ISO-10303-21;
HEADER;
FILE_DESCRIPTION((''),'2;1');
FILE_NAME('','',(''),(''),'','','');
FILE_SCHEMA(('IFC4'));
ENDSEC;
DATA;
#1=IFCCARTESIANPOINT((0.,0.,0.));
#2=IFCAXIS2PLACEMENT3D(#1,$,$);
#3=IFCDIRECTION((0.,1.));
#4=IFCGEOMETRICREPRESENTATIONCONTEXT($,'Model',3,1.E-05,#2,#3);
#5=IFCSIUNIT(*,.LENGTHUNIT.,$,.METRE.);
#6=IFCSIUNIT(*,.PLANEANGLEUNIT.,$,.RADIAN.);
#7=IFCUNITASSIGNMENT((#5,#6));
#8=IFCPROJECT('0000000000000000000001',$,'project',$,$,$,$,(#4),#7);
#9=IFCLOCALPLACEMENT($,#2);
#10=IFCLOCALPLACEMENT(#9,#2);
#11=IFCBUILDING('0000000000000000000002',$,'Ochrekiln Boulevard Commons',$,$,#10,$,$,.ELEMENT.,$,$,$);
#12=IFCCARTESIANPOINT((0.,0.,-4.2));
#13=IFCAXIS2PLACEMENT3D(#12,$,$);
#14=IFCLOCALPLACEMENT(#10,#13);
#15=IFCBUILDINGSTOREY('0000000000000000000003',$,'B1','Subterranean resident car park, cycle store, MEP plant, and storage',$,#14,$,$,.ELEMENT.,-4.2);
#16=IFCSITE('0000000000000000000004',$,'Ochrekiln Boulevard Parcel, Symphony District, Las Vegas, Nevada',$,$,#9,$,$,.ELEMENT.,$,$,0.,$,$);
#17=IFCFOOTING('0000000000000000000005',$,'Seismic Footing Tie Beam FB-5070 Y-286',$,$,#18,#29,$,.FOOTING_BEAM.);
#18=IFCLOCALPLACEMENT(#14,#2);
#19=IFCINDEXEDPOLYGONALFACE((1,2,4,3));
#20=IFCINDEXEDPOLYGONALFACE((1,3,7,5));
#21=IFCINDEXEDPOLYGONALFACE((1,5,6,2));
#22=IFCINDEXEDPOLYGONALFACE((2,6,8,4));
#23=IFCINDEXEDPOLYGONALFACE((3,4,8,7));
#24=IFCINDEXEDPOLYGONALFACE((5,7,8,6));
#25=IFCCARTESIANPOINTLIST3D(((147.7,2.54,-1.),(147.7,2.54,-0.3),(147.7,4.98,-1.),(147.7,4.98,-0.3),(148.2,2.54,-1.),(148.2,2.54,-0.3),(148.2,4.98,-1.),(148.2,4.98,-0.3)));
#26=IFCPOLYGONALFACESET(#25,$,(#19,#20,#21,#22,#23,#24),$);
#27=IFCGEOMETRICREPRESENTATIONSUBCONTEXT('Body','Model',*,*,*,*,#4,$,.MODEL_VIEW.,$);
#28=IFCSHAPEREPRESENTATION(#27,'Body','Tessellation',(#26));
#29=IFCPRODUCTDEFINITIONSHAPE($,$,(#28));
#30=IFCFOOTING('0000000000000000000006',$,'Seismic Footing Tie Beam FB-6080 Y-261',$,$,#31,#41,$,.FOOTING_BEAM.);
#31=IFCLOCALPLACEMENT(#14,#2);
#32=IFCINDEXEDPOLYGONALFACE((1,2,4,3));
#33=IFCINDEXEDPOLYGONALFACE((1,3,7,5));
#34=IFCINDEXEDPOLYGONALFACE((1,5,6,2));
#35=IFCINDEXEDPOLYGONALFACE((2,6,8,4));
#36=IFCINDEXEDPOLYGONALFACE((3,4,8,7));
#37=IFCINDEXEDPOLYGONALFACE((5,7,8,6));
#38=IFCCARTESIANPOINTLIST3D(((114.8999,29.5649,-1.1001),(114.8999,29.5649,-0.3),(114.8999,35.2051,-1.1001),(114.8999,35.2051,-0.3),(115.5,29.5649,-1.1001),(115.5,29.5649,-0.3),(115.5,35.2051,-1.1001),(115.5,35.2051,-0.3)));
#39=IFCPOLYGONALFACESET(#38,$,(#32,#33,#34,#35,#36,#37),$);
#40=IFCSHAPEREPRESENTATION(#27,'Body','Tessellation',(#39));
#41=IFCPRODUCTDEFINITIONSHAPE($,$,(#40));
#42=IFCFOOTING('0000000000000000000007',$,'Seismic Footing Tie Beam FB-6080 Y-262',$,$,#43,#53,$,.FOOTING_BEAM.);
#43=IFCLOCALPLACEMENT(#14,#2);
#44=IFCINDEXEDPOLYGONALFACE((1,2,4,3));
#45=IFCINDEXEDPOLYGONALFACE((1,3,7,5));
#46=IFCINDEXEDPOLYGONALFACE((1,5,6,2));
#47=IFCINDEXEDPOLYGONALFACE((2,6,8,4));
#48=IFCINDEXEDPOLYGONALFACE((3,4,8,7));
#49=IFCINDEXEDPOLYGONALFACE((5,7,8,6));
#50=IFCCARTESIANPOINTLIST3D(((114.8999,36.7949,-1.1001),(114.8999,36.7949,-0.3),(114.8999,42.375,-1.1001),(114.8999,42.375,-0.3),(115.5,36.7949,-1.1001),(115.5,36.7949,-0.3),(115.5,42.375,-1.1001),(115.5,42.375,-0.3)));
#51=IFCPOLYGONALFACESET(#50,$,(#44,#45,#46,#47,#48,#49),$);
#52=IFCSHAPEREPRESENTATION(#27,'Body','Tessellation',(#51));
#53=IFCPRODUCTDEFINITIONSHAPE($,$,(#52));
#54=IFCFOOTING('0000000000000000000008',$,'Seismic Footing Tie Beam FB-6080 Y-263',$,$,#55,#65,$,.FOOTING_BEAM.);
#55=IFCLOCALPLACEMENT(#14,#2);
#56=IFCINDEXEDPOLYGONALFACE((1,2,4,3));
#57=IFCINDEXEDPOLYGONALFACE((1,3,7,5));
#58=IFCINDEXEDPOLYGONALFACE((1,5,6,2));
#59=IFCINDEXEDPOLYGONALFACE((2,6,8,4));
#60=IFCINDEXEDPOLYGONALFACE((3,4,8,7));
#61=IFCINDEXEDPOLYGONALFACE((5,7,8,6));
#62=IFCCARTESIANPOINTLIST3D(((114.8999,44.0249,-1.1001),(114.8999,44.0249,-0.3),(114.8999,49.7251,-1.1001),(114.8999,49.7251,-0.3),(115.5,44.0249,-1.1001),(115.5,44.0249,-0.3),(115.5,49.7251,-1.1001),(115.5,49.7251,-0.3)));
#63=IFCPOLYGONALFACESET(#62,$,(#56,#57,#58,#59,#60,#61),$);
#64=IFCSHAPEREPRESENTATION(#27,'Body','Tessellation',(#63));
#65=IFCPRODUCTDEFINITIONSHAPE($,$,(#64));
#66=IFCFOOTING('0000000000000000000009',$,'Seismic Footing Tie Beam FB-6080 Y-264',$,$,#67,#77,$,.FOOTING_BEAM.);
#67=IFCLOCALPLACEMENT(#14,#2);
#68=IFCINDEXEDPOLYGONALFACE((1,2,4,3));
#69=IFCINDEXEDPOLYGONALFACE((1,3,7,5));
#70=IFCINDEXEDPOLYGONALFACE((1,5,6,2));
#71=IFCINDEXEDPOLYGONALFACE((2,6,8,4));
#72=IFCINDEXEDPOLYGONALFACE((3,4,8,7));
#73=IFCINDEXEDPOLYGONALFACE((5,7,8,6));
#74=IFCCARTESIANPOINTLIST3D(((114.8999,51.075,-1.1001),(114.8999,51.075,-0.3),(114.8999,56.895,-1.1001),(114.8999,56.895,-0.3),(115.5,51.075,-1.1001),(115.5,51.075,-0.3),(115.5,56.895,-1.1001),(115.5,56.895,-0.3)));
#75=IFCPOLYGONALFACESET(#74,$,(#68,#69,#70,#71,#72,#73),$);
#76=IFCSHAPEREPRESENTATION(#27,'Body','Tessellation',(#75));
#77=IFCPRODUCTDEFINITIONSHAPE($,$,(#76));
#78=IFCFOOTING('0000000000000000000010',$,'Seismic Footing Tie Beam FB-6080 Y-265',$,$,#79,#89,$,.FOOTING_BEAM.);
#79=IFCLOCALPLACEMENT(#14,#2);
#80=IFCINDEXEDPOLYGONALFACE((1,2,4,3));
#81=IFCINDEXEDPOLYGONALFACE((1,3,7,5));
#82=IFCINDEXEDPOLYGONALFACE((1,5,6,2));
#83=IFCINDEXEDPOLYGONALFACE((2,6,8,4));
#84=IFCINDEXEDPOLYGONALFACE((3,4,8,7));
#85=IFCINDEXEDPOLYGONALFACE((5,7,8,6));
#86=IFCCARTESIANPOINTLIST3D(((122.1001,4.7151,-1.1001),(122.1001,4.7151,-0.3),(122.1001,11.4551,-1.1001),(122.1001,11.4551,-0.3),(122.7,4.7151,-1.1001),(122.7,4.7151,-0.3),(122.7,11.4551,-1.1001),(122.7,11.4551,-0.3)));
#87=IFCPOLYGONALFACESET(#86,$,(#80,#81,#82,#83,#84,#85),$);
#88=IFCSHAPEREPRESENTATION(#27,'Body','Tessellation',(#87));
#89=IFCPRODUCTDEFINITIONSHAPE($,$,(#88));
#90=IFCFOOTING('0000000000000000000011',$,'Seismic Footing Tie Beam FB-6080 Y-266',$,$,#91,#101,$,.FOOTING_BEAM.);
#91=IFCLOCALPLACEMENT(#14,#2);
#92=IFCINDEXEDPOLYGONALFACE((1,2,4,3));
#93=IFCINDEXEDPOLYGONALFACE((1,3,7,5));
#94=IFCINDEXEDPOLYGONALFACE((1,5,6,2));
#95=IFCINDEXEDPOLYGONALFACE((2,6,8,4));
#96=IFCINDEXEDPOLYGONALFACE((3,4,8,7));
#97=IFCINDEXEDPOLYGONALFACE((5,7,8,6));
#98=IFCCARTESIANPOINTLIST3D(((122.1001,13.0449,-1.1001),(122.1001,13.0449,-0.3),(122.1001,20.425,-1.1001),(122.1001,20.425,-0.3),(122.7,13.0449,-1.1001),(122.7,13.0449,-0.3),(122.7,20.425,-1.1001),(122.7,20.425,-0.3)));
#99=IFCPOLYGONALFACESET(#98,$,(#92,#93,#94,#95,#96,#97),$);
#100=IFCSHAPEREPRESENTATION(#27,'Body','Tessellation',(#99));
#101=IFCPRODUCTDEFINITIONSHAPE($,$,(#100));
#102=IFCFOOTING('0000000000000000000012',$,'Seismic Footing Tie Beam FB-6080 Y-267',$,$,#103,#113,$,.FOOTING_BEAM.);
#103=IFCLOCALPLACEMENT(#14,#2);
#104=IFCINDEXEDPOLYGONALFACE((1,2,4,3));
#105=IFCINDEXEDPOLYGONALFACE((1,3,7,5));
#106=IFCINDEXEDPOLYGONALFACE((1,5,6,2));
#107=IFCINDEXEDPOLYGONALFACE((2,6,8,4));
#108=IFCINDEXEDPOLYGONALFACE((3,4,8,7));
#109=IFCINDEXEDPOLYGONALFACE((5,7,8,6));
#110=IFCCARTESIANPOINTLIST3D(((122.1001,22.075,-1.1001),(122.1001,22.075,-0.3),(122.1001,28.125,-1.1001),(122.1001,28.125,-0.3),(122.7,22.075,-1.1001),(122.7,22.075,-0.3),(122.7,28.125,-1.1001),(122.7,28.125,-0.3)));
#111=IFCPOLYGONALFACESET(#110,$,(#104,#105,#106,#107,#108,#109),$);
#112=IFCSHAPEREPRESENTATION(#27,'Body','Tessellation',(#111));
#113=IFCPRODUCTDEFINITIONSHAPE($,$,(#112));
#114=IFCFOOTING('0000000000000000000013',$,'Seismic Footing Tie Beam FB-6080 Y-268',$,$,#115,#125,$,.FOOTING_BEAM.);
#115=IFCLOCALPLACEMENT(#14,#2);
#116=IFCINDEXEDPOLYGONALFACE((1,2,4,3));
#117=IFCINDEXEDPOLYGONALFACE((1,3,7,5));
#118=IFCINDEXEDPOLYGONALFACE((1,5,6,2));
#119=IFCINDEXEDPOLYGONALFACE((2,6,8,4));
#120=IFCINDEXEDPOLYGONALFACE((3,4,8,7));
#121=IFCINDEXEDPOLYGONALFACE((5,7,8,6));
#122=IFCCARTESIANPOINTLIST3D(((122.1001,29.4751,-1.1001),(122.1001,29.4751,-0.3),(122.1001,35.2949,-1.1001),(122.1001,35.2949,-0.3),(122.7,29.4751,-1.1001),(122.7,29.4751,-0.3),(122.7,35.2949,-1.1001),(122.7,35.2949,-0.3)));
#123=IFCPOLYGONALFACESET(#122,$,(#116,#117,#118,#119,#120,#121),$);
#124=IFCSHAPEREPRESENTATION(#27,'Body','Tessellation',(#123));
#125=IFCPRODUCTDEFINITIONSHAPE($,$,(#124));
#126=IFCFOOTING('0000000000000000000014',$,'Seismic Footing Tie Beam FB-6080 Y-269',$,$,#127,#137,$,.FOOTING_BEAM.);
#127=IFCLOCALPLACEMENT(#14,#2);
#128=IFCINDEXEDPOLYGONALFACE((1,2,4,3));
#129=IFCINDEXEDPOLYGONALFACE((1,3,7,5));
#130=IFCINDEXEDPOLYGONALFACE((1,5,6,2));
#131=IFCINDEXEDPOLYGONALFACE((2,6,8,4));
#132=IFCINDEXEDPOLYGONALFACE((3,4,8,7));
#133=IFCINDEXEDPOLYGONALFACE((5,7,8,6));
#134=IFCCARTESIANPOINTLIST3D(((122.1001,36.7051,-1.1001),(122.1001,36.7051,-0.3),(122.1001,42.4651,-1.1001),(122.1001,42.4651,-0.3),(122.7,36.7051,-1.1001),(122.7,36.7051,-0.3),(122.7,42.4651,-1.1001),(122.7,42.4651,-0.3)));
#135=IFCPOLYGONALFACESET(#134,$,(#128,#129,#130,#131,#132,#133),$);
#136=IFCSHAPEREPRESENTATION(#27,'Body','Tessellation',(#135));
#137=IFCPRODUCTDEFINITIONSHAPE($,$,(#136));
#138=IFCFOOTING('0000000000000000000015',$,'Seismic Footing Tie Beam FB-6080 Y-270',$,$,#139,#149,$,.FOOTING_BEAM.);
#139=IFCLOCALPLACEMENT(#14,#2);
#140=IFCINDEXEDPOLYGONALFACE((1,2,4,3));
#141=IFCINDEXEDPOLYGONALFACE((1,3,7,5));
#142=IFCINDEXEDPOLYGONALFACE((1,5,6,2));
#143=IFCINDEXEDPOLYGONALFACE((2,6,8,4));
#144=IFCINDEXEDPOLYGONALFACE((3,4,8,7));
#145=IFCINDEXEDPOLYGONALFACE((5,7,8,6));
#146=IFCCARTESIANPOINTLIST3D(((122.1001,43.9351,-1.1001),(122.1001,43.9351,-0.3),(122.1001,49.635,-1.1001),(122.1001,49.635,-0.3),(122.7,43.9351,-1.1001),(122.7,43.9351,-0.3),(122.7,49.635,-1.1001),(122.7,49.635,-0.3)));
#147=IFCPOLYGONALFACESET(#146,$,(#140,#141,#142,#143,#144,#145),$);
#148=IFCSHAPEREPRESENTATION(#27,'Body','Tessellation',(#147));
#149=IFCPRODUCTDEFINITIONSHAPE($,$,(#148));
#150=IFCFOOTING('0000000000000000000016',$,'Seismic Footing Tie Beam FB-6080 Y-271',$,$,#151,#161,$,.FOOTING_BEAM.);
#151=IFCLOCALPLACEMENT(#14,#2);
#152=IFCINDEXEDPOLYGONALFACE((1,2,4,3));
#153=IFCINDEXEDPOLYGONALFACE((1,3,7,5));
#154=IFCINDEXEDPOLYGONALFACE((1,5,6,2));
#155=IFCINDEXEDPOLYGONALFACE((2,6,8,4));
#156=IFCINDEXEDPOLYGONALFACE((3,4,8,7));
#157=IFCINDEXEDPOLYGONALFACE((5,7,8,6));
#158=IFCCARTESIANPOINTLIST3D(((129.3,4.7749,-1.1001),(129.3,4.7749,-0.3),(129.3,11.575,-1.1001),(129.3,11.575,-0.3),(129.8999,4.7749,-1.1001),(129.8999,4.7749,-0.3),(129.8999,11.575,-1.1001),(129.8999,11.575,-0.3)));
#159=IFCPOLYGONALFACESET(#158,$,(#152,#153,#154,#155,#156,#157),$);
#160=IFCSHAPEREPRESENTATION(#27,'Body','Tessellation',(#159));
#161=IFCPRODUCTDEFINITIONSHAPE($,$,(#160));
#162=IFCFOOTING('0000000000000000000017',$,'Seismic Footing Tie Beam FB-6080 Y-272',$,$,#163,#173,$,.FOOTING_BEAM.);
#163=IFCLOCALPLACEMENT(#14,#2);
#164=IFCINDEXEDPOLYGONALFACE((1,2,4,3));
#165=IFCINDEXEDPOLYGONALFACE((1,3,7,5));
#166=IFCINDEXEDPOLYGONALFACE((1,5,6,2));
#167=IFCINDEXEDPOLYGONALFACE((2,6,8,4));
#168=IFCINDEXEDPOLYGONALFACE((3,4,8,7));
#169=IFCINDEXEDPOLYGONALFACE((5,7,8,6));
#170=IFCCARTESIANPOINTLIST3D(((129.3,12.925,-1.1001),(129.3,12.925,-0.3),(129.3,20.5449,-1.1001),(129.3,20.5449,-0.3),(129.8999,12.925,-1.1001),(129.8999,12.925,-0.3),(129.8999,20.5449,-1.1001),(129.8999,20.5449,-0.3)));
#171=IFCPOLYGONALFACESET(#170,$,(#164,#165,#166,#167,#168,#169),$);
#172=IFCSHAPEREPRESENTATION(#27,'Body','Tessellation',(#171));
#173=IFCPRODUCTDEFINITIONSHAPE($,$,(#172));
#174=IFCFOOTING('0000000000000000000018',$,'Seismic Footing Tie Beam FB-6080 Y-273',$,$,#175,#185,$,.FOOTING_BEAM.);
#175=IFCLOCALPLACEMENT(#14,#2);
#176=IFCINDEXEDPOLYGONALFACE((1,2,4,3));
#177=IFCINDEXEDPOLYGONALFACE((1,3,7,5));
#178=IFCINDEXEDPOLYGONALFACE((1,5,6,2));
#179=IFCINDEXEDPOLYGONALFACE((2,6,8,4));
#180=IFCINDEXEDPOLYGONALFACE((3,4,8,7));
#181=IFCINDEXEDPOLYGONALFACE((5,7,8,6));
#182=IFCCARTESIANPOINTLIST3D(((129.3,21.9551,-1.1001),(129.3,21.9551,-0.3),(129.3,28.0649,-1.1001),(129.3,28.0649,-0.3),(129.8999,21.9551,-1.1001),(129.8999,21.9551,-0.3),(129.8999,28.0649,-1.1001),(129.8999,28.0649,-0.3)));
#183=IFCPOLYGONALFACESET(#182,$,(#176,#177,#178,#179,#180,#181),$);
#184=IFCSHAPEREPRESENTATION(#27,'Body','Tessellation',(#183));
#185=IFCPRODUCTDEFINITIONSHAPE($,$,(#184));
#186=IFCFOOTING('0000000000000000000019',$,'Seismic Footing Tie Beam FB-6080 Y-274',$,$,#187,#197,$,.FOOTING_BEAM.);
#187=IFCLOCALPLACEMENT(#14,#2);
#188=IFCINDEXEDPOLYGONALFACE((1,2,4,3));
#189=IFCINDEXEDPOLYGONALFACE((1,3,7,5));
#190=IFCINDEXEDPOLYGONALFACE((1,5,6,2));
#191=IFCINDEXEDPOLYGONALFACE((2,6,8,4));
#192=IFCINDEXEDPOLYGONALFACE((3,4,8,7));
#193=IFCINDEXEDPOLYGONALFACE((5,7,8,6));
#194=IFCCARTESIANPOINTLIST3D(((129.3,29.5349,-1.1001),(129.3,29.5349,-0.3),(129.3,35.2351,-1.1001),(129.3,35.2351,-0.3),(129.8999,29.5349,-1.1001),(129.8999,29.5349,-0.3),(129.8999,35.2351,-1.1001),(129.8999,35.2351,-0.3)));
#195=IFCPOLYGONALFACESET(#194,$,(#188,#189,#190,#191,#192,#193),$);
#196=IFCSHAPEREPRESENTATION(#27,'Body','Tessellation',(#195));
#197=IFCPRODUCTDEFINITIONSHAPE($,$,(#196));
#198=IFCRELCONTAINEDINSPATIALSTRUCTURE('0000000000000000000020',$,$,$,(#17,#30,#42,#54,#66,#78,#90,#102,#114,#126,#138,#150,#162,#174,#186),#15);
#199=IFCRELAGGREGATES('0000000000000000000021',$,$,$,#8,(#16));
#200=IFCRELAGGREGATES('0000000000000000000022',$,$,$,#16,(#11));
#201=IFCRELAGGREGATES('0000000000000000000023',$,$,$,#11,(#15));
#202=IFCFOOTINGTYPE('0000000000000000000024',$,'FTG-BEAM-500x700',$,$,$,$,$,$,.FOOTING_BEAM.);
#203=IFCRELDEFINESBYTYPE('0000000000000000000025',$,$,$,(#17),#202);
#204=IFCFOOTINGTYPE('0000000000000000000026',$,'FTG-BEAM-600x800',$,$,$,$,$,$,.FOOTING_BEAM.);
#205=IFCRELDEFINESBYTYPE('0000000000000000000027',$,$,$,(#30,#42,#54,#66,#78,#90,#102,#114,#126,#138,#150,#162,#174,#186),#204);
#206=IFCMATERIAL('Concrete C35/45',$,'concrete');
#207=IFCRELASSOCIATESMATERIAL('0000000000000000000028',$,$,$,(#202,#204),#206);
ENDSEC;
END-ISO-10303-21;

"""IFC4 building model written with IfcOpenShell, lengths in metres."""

from ifc_helpers import new_model, si_unit, direction, frame, origin, place, context, subcontext, project, spatial, polyline, outline, extrude, material, type_object, element, save


model = new_model("IFC4")

# Units and contexts
model_context = context("Model", 3, precision=1e-05, world=origin(), true_north=direction((0.0, 1.0)))
body_context = subcontext(model_context, "Body", "Model", "MODEL_VIEW")
ifc_project = project(units=[si_unit("LENGTHUNIT", "METRE"), si_unit("PLANEANGLEUNIT", "RADIAN")], contexts=[model_context])

# Site, building, storey
site_placement = place(None, origin())
site = spatial("IfcSite", under=ifc_project, at=site_placement, Name="Ochrekiln Boulevard Parcel, Symphony District, Las Vegas, Nevada", CompositionType="ELEMENT", RefElevation=0.0)
building_placement = place(site_placement, origin())
building = spatial("IfcBuilding", under=site, at=building_placement, Name="Ochrekiln Boulevard Commons", CompositionType="ELEMENT")
storey_placement = place(building_placement, frame((0.0, 0.0, -4.2)))
storey = spatial("IfcBuildingStorey", under=building, at=storey_placement, Name="B1", Description="Subterranean resident car park, cycle store, MEP plant, and storage", CompositionType="ELEMENT", Elevation=-4.2)

# Footings
ifc_material = material(Name="Concrete C35/45", Category="concrete")
footing_type_1 = type_object("IfcFootingType", Name="FTG-BEAM-500x700", PredefinedType="FOOTING_BEAM", material=ifc_material)
footing_1_placement = place(storey_placement, frame((0.0, 0.0, -1.0)))
element("IfcFooting", 1, at=footing_1_placement, inside=storey, type_object=footing_type_1, Name="Seismic Footing Tie Beam FB-5070 Y-286", PredefinedType="FOOTING_BEAM", context=body_context, shape_type="SweptSolid", body=[
    extrude(outline(polyline([(147.7, 2.54), (148.2, 2.54), (148.2, 4.98), (147.7, 4.98), (147.7, 2.54)])), origin(), (0.0, 0.0, 1.0), 0.7),
])
footing_type_2 = type_object("IfcFootingType", Name="FTG-BEAM-600x800", PredefinedType="FOOTING_BEAM", material=ifc_material)
footing_2_placement = place(storey_placement, frame((0.0, 0.0, -1.1001)))
element("IfcFooting", 2, at=footing_2_placement, inside=storey, type_object=footing_type_2, Name="Seismic Footing Tie Beam FB-6080 Y-261", PredefinedType="FOOTING_BEAM", context=body_context, shape_type="SweptSolid", body=[
    extrude(outline(polyline([(114.8999, 29.5649), (115.5, 29.5649), (115.5, 35.2051), (114.8999, 35.2051), (114.8999, 29.5649)])), origin(), (0.0, 0.0, 1.0), 0.8),
])
footing_3_placement = place(storey_placement, frame((0.0, 0.0, -1.1001)))
element("IfcFooting", 3, at=footing_3_placement, inside=storey, type_object=footing_type_2, Name="Seismic Footing Tie Beam FB-6080 Y-262", PredefinedType="FOOTING_BEAM", context=body_context, shape_type="SweptSolid", body=[
    extrude(outline(polyline([(114.8999, 36.7949), (115.5, 36.7949), (115.5, 42.375), (114.8999, 42.375), (114.8999, 36.7949)])), origin(), (0.0, 0.0, 1.0), 0.8),
])
footing_4_placement = place(storey_placement, frame((0.0, 0.0, -1.1001)))
element("IfcFooting", 4, at=footing_4_placement, inside=storey, type_object=footing_type_2, Name="Seismic Footing Tie Beam FB-6080 Y-263", PredefinedType="FOOTING_BEAM", context=body_context, shape_type="SweptSolid", body=[
    extrude(outline(polyline([(114.8999, 44.0249), (115.5, 44.0249), (115.5, 49.7251), (114.8999, 49.7251), (114.8999, 44.0249)])), origin(), (0.0, 0.0, 1.0), 0.8),
])
footing_5_placement = place(storey_placement, frame((0.0, 0.0, -1.1001)))
element("IfcFooting", 5, at=footing_5_placement, inside=storey, type_object=footing_type_2, Name="Seismic Footing Tie Beam FB-6080 Y-264", PredefinedType="FOOTING_BEAM", context=body_context, shape_type="SweptSolid", body=[
    extrude(outline(polyline([(114.8999, 51.075), (115.5, 51.075), (115.5, 56.895), (114.8999, 56.895), (114.8999, 51.075)])), origin(), (0.0, 0.0, 1.0), 0.8),
])
footing_6_placement = place(storey_placement, frame((0.0, 0.0, -1.1001)))
element("IfcFooting", 6, at=footing_6_placement, inside=storey, type_object=footing_type_2, Name="Seismic Footing Tie Beam FB-6080 Y-265", PredefinedType="FOOTING_BEAM", context=body_context, shape_type="SweptSolid", body=[
    extrude(outline(polyline([(122.1001, 4.7151), (122.7, 4.7151), (122.7, 11.4551), (122.1001, 11.4551), (122.1001, 4.7151)])), origin(), (0.0, 0.0, 1.0), 0.8),
])
footing_7_placement = place(storey_placement, frame((0.0, 0.0, -1.1001)))
element("IfcFooting", 7, at=footing_7_placement, inside=storey, type_object=footing_type_2, Name="Seismic Footing Tie Beam FB-6080 Y-266", PredefinedType="FOOTING_BEAM", context=body_context, shape_type="SweptSolid", body=[
    extrude(outline(polyline([(122.1001, 13.0449), (122.7, 13.0449), (122.7, 20.425), (122.1001, 20.425), (122.1001, 13.0449)])), origin(), (0.0, 0.0, 1.0), 0.8),
])
footing_8_placement = place(storey_placement, frame((0.0, 0.0, -1.1001)))
element("IfcFooting", 8, at=footing_8_placement, inside=storey, type_object=footing_type_2, Name="Seismic Footing Tie Beam FB-6080 Y-267", PredefinedType="FOOTING_BEAM", context=body_context, shape_type="SweptSolid", body=[
    extrude(outline(polyline([(122.1001, 22.075), (122.7, 22.075), (122.7, 28.125), (122.1001, 28.125), (122.1001, 22.075)])), origin(), (0.0, 0.0, 1.0), 0.8),
])
footing_9_placement = place(storey_placement, frame((0.0, 0.0, -1.1001)))
element("IfcFooting", 9, at=footing_9_placement, inside=storey, type_object=footing_type_2, Name="Seismic Footing Tie Beam FB-6080 Y-268", PredefinedType="FOOTING_BEAM", context=body_context, shape_type="SweptSolid", body=[
    extrude(outline(polyline([(122.1001, 29.4751), (122.7, 29.4751), (122.7, 35.2949), (122.1001, 35.2949), (122.1001, 29.4751)])), origin(), (0.0, 0.0, 1.0), 0.8),
])
footing_10_placement = place(storey_placement, frame((0.0, 0.0, -1.1001)))
element("IfcFooting", 10, at=footing_10_placement, inside=storey, type_object=footing_type_2, Name="Seismic Footing Tie Beam FB-6080 Y-269", PredefinedType="FOOTING_BEAM", context=body_context, shape_type="SweptSolid", body=[
    extrude(outline(polyline([(122.1001, 36.7051), (122.7, 36.7051), (122.7, 42.4651), (122.1001, 42.4651), (122.1001, 36.7051)])), origin(), (0.0, 0.0, 1.0), 0.8),
])
footing_11_placement = place(storey_placement, frame((0.0, 0.0, -1.1001)))
element("IfcFooting", 11, at=footing_11_placement, inside=storey, type_object=footing_type_2, Name="Seismic Footing Tie Beam FB-6080 Y-270", PredefinedType="FOOTING_BEAM", context=body_context, shape_type="SweptSolid", body=[
    extrude(outline(polyline([(122.1001, 43.9351), (122.7, 43.9351), (122.7, 49.635), (122.1001, 49.635), (122.1001, 43.9351)])), origin(), (0.0, 0.0, 1.0), 0.8),
])
footing_12_placement = place(storey_placement, frame((0.0, 0.0, -1.1001)))
element("IfcFooting", 12, at=footing_12_placement, inside=storey, type_object=footing_type_2, Name="Seismic Footing Tie Beam FB-6080 Y-271", PredefinedType="FOOTING_BEAM", context=body_context, shape_type="SweptSolid", body=[
    extrude(outline(polyline([(129.3, 4.7749), (129.8999, 4.7749), (129.8999, 11.575), (129.3, 11.575), (129.3, 4.7749)])), origin(), (0.0, 0.0, 1.0), 0.8),
])
footing_13_placement = place(storey_placement, frame((0.0, 0.0, -1.1001)))
element("IfcFooting", 13, at=footing_13_placement, inside=storey, type_object=footing_type_2, Name="Seismic Footing Tie Beam FB-6080 Y-272", PredefinedType="FOOTING_BEAM", context=body_context, shape_type="SweptSolid", body=[
    extrude(outline(polyline([(129.3, 12.925), (129.8999, 12.925), (129.8999, 20.5449), (129.3, 20.5449), (129.3, 12.925)])), origin(), (0.0, 0.0, 1.0), 0.8),
])
footing_14_placement = place(storey_placement, frame((0.0, 0.0, -1.1001)))
element("IfcFooting", 14, at=footing_14_placement, inside=storey, type_object=footing_type_2, Name="Seismic Footing Tie Beam FB-6080 Y-273", PredefinedType="FOOTING_BEAM", context=body_context, shape_type="SweptSolid", body=[
    extrude(outline(polyline([(129.3, 21.9551), (129.8999, 21.9551), (129.8999, 28.0649), (129.3, 28.0649), (129.3, 21.9551)])), origin(), (0.0, 0.0, 1.0), 0.8),
])
footing_15_placement = place(storey_placement, frame((0.0, 0.0, -1.1001)))
element("IfcFooting", 15, at=footing_15_placement, inside=storey, type_object=footing_type_2, Name="Seismic Footing Tie Beam FB-6080 Y-274", PredefinedType="FOOTING_BEAM", context=body_context, shape_type="SweptSolid", body=[
    extrude(outline(polyline([(129.3, 29.5349), (129.8999, 29.5349), (129.8999, 35.2351), (129.3, 35.2351), (129.3, 29.5349)])), origin(), (0.0, 0.0, 1.0), 0.8),
])

save(model, "model.ifc")
